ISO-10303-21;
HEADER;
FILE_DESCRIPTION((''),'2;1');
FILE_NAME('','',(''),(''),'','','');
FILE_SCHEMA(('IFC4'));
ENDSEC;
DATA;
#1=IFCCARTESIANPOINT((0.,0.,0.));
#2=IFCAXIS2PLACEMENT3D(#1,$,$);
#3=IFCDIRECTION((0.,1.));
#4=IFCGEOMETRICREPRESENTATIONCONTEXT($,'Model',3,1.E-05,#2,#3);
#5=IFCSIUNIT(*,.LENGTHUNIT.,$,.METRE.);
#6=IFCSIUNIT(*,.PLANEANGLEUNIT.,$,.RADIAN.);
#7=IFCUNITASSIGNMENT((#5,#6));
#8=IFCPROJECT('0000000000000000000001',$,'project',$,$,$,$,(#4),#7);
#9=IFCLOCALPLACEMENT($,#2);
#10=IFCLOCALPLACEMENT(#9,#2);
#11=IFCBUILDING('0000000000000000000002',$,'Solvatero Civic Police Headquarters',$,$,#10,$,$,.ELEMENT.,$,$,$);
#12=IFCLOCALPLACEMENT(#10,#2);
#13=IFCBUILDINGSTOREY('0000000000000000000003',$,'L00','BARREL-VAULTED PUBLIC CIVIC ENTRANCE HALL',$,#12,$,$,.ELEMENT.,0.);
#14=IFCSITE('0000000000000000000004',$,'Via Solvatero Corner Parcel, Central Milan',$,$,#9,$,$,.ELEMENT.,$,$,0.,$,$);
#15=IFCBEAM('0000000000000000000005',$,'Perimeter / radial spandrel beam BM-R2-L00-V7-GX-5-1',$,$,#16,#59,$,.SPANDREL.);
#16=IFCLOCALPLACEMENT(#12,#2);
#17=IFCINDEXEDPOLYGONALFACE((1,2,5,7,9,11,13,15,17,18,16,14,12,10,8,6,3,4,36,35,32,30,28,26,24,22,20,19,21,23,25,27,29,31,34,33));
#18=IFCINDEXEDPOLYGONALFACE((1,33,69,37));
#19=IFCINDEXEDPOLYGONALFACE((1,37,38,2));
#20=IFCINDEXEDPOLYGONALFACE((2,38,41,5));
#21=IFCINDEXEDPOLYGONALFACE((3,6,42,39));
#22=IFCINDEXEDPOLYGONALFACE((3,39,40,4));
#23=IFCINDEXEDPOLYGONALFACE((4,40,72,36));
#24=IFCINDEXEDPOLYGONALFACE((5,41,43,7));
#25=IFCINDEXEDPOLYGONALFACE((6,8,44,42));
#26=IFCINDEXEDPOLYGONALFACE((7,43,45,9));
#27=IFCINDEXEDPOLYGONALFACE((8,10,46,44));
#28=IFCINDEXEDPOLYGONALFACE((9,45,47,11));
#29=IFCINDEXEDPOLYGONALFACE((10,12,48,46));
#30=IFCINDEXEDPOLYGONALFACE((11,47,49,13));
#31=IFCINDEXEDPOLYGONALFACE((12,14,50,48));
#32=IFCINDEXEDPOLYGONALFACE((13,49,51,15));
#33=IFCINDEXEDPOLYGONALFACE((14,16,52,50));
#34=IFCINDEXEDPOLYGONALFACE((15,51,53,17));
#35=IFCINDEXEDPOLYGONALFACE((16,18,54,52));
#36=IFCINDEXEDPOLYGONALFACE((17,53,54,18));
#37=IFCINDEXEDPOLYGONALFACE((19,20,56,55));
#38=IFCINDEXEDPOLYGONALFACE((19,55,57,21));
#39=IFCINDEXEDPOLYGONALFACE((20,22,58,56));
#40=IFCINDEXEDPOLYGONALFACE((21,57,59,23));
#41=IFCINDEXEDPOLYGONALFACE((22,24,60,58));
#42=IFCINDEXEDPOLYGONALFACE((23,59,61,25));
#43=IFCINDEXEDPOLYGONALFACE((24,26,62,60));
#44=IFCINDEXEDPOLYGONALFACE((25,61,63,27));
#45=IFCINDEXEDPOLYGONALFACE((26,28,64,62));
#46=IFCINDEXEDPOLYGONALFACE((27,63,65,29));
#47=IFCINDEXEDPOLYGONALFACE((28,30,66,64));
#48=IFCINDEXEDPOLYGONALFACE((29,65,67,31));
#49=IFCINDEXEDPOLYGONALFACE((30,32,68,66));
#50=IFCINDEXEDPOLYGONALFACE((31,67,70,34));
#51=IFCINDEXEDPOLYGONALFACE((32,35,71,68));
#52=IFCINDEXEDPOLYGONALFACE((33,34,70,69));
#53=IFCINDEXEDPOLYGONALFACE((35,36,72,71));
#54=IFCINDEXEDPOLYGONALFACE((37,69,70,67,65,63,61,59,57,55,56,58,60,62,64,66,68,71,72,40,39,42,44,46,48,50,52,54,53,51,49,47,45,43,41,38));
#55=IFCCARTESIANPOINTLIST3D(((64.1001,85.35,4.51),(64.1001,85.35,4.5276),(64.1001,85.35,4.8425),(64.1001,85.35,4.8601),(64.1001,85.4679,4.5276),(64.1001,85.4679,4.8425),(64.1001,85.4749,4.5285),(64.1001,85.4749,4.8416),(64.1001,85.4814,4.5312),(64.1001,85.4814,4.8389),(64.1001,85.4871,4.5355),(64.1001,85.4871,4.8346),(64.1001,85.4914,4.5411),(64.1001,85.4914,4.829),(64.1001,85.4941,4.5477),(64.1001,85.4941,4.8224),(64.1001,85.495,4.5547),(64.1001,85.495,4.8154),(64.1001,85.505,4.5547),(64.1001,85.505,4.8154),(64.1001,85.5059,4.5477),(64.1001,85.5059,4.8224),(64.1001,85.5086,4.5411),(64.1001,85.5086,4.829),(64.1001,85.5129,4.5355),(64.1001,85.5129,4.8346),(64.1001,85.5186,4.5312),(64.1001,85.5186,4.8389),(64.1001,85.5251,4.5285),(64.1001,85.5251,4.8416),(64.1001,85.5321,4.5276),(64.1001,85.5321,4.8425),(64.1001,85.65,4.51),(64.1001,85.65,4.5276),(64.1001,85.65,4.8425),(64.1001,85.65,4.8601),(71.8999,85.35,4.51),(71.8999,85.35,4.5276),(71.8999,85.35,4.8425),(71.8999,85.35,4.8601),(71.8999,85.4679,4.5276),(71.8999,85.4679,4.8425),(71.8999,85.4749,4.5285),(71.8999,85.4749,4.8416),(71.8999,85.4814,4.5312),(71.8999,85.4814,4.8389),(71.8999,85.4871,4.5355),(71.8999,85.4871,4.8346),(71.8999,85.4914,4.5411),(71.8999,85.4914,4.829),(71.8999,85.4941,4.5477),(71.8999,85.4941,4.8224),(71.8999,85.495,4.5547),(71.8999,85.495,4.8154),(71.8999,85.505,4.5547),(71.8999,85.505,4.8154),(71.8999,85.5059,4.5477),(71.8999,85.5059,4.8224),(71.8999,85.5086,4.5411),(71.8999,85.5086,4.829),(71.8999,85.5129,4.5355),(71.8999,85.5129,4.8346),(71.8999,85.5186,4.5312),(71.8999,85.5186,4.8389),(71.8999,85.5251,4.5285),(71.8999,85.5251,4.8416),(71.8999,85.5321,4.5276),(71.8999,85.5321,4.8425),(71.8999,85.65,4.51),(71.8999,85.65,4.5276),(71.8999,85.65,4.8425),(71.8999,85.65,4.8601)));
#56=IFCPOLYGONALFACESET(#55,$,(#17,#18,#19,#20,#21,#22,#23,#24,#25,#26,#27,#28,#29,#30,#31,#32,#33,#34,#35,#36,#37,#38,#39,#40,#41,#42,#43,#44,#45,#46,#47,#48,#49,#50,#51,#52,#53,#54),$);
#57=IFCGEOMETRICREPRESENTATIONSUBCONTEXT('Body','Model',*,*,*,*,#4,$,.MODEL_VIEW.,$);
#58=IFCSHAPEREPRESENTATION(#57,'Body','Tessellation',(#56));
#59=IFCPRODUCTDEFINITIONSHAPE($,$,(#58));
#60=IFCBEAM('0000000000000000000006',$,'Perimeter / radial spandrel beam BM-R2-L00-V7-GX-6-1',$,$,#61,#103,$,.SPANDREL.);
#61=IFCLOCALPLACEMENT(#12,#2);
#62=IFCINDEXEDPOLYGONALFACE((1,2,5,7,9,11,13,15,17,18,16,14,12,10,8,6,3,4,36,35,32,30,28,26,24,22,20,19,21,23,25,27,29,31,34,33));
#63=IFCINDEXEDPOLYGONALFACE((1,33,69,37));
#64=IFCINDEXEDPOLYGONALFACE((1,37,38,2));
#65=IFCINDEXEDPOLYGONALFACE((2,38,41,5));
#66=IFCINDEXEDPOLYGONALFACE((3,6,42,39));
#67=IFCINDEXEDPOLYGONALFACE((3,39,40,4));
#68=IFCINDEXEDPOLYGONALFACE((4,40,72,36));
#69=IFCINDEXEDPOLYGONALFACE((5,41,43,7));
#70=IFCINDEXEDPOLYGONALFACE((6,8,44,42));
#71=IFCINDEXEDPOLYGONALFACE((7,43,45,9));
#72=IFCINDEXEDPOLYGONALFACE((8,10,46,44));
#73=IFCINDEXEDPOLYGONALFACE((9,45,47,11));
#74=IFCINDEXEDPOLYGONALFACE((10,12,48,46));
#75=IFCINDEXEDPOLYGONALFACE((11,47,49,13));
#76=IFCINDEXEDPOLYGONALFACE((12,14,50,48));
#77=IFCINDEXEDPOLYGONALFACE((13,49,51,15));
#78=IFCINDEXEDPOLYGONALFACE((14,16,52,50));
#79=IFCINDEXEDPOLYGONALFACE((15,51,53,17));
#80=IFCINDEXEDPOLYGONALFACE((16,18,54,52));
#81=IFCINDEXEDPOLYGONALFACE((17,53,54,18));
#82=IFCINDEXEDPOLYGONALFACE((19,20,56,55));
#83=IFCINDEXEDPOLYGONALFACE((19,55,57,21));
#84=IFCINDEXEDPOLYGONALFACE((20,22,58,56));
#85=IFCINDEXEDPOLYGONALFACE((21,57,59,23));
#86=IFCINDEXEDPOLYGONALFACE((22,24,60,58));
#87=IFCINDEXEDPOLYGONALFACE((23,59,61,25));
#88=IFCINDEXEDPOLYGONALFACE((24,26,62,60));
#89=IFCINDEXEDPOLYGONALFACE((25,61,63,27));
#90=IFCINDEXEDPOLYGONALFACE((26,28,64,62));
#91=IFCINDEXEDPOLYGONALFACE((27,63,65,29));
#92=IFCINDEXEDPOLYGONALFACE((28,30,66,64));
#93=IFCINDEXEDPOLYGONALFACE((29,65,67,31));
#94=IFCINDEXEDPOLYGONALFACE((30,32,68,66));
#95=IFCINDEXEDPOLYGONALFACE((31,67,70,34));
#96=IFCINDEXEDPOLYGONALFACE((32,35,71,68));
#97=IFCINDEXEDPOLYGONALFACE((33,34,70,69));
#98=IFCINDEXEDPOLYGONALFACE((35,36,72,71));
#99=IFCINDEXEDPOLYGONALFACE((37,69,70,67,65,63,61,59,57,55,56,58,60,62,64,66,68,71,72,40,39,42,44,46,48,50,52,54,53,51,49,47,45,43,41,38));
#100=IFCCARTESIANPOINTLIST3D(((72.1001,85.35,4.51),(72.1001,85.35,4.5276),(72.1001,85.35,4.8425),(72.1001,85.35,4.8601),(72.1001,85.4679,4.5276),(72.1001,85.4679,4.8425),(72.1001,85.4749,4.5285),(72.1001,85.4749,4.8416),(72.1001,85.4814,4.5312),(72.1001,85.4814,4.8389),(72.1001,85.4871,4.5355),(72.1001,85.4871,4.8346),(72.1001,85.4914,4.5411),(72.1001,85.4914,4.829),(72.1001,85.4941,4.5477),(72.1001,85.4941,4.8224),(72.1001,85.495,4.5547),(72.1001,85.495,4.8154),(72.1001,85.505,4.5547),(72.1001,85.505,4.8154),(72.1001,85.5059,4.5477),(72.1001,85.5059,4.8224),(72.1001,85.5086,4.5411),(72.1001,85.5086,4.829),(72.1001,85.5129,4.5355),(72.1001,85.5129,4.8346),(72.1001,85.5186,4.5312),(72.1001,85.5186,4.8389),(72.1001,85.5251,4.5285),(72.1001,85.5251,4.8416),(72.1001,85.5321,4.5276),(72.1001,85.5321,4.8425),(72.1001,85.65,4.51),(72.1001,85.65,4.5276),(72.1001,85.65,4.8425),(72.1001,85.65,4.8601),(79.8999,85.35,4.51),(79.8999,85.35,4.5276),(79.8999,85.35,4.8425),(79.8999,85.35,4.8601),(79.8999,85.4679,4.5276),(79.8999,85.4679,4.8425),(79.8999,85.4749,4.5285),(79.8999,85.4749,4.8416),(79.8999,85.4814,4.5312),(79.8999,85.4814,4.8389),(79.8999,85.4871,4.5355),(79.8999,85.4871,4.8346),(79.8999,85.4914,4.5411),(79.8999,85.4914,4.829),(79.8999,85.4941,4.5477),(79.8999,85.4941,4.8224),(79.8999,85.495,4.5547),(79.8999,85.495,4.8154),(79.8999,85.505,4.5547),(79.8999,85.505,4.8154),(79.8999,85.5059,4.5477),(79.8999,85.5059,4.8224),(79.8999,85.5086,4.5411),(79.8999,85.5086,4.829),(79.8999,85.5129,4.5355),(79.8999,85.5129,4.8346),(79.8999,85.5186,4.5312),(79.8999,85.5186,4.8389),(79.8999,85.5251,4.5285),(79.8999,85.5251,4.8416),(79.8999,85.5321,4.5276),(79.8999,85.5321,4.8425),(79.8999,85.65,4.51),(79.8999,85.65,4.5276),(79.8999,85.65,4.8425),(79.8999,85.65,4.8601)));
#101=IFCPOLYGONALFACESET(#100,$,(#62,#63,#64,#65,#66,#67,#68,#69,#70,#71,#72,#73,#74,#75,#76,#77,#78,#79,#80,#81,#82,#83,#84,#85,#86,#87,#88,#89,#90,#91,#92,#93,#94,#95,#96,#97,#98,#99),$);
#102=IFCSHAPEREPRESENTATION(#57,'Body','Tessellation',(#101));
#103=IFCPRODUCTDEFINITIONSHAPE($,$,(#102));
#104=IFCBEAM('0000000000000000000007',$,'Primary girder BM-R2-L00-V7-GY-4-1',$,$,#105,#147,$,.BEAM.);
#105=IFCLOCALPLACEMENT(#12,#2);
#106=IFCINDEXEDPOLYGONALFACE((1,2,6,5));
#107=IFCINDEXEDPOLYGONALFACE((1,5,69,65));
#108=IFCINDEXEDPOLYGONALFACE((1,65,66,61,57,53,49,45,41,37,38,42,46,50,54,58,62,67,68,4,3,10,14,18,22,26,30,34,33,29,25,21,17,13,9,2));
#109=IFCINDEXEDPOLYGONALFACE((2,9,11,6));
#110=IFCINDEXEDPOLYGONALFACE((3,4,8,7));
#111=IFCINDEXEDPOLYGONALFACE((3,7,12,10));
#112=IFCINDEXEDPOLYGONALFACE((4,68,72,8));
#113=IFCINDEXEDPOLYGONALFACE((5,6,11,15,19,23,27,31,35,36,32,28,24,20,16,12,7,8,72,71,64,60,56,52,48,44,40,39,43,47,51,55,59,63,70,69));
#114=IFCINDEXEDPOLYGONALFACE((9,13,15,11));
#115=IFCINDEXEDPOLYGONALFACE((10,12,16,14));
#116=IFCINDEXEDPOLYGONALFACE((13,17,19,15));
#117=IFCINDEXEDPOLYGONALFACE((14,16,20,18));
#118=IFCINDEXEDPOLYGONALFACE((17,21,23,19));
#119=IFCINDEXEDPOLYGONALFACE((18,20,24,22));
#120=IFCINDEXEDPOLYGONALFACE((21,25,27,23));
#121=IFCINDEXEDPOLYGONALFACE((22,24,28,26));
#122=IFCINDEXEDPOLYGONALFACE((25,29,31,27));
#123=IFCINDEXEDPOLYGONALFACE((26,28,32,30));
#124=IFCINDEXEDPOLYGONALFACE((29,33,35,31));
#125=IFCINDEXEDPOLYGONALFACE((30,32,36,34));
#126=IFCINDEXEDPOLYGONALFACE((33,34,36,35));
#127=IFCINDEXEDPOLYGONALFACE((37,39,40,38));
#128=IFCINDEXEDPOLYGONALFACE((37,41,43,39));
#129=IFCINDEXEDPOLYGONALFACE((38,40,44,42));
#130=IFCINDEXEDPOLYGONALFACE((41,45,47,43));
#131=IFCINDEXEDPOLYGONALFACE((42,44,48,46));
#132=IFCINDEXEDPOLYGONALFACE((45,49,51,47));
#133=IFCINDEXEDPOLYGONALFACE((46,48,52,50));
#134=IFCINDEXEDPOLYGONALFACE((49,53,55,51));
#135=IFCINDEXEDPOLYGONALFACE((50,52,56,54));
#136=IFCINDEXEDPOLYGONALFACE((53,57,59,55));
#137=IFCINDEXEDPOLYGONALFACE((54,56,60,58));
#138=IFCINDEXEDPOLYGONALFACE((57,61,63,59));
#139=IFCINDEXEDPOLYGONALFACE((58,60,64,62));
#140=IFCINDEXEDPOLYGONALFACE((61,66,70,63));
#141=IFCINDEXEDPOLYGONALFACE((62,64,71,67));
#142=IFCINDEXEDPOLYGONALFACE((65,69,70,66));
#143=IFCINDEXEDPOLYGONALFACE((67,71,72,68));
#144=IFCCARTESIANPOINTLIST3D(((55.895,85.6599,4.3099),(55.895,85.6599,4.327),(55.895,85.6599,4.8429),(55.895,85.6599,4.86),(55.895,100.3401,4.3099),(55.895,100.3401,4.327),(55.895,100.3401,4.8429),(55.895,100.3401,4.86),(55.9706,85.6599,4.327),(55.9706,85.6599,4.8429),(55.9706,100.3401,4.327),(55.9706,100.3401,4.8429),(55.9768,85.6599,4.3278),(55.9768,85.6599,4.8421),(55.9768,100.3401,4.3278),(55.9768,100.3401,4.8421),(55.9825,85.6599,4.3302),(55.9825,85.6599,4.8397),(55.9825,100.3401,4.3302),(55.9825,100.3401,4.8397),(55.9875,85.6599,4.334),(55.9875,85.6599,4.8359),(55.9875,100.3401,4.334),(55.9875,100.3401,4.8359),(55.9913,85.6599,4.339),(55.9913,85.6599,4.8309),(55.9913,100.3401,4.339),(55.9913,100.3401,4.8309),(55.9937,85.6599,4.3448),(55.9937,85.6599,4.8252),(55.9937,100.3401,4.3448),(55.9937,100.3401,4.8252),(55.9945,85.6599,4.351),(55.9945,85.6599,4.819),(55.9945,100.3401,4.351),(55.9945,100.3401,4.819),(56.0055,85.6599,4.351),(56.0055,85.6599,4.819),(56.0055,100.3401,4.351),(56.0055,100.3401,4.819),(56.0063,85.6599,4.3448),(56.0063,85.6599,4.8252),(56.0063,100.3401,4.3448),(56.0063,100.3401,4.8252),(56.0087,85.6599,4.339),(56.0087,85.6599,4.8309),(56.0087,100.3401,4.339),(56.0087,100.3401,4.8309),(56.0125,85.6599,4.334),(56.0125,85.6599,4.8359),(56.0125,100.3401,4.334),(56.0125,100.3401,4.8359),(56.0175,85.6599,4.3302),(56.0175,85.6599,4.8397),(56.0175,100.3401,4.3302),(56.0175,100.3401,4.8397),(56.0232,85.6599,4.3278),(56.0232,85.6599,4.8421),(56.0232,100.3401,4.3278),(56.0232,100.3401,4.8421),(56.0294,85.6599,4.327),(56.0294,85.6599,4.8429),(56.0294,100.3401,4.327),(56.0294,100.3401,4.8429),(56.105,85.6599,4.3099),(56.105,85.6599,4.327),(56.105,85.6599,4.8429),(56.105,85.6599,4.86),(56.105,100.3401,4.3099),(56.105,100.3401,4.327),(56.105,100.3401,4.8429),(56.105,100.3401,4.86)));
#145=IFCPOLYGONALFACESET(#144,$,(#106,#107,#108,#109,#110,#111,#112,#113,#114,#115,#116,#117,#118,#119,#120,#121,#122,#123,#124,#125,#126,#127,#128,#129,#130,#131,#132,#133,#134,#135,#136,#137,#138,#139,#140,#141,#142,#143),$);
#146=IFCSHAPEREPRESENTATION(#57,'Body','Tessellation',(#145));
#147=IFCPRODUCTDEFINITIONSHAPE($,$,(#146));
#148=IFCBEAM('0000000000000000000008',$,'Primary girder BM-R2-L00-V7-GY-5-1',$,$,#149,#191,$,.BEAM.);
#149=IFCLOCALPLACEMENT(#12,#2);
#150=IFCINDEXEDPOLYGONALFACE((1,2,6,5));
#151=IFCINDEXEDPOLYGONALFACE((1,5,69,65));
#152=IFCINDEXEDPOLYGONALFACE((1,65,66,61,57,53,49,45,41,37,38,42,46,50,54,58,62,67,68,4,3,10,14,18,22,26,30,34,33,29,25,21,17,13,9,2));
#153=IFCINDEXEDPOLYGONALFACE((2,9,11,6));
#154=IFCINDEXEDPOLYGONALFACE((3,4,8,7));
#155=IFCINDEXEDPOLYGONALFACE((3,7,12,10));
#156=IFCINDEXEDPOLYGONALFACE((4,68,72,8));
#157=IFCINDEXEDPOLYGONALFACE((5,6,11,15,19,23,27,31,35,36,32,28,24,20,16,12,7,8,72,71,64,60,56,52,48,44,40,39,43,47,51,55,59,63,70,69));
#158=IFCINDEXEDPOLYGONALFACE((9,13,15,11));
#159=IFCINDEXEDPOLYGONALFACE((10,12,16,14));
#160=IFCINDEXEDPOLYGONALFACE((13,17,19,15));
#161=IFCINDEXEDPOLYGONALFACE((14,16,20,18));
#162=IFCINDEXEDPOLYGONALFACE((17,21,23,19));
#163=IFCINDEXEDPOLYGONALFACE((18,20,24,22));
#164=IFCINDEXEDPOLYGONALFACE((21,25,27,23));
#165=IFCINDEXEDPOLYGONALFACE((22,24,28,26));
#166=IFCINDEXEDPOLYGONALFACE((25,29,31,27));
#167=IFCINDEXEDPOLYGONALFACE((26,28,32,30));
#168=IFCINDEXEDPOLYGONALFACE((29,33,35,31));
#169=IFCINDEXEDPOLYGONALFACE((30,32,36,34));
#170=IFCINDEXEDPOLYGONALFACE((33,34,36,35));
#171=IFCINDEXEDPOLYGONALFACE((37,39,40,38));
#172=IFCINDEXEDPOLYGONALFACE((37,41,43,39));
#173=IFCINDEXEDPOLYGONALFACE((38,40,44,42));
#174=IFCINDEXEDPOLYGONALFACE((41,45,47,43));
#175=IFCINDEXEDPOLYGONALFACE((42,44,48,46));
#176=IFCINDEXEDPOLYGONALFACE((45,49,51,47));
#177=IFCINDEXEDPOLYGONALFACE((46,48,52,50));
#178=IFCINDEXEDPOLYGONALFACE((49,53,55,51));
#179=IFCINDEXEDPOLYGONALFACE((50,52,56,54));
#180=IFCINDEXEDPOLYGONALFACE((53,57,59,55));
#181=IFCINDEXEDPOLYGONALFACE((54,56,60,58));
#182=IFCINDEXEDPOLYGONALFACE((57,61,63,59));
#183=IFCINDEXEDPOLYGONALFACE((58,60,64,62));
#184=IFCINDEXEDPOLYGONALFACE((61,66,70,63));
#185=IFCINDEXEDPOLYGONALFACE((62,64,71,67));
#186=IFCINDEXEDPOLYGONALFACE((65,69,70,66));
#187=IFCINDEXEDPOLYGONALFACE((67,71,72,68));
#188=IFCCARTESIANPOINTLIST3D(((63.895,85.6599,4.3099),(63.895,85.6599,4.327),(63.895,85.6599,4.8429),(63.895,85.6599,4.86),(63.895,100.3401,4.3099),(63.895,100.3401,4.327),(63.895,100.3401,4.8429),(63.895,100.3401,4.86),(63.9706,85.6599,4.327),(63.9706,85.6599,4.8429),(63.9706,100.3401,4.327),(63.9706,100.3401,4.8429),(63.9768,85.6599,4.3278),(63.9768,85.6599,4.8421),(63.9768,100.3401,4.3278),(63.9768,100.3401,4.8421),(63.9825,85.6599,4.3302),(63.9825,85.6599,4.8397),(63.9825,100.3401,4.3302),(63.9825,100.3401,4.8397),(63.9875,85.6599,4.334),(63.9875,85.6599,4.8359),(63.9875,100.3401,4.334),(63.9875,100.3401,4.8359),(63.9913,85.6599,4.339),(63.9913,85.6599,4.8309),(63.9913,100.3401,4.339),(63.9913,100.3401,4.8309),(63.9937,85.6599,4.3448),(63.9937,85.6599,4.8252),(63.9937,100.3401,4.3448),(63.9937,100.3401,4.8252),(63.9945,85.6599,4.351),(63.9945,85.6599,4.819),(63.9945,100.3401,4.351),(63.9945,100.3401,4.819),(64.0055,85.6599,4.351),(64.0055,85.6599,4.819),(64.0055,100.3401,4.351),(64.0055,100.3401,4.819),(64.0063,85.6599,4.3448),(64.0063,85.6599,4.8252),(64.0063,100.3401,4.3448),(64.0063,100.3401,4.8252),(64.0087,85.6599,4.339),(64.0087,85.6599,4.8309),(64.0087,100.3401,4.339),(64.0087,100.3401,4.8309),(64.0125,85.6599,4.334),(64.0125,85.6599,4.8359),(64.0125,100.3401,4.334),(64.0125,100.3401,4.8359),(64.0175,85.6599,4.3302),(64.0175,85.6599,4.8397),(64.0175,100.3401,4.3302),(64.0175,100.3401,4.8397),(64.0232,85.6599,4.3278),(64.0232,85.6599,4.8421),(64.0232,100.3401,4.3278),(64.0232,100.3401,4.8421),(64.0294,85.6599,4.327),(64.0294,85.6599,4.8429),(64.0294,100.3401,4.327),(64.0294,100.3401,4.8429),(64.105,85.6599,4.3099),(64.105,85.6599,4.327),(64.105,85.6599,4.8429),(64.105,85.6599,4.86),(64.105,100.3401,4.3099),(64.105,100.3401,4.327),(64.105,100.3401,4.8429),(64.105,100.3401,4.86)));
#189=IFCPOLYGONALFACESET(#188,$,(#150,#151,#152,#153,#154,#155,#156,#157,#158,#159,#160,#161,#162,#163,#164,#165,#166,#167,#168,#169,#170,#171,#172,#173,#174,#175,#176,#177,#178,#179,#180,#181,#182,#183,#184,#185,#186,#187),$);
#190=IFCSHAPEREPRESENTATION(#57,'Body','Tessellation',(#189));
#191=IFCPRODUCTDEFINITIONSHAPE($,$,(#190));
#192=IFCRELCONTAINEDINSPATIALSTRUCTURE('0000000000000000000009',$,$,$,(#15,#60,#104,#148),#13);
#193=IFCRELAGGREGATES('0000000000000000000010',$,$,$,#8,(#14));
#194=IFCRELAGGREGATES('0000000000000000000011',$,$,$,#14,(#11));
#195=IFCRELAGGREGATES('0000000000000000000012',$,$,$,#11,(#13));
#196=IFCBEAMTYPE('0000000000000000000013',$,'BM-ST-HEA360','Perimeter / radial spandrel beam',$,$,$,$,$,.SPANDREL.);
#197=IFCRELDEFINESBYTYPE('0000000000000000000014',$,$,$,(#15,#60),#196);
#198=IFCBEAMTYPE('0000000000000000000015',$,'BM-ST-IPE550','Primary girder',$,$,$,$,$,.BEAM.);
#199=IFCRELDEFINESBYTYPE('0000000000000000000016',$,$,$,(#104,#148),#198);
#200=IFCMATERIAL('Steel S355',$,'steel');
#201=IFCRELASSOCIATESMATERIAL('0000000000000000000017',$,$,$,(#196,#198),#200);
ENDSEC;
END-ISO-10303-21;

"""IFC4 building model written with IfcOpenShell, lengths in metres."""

from ifc_helpers import new_model, si_unit, direction, frame, origin, origin_2d, place, context, subcontext, project, spatial, i_section, extrude, material, material_profile, profile_set, type_object, element, save


model = new_model("IFC4")

# Units and contexts
model_context = context("Model", 3, precision=1e-05, world=origin(), true_north=direction((0.0, 1.0)))
body_context = subcontext(model_context, "Body", "Model", "MODEL_VIEW")
ifc_project = project(units=[si_unit("LENGTHUNIT", "METRE"), si_unit("PLANEANGLEUNIT", "RADIAN")], contexts=[model_context])

# Site, building, storey
site_placement = place(None, origin())
site = spatial("IfcSite", under=ifc_project, at=site_placement, Name="Via Solvatero Corner Parcel, Central Milan", CompositionType="ELEMENT", RefElevation=0.0)
building_placement = place(site_placement, origin())
building = spatial("IfcBuilding", under=site, at=building_placement, Name="Solvatero Civic Police Headquarters", CompositionType="ELEMENT")
storey_placement = place(building_placement, origin())
storey = spatial("IfcBuildingStorey", under=building, at=storey_placement, Name="L00", Description="BARREL-VAULTED PUBLIC CIVIC ENTRANCE HALL", CompositionType="ELEMENT", Elevation=0.0)

# Beams
ifc_material_1 = material(Name="Steel S355", Category="steel")
ifc_material_profile_1 = material_profile(ifc_material_1, i_section(OverallWidth=0.3, OverallDepth=0.3501, WebThickness=0.01, FlangeThickness=0.0176, FilletRadius=0.0271, at=origin_2d()), Name="HEA 360")
ifc_profile_set_1 = profile_set([ifc_material_profile_1], Name="Steel S355")
beam_type_1 = type_object("IfcBeamType", Name="BM-ST-HEA360", Description="Perimeter / radial spandrel beam", PredefinedType="SPANDREL", material=ifc_profile_set_1)
for number, where, z_axis, x_axis, name in (
    (1, (64.1001, 85.5, 4.6851), (1.0, 0.0, 0.0), (0.0, 1.0, 0.0), "Perimeter / radial spandrel beam BM-R2-L00-V7-GX-5-1"),
    (2, (72.1001, 85.5, 4.6851), (1.0, 0.0, 0.0), (0.0, 1.0, 0.0), "Perimeter / radial spandrel beam BM-R2-L00-V7-GX-6-1"),
):
    element("IfcBeam", number, at=place(storey_placement, frame(where, z_axis=z_axis, x_axis=x_axis)), inside=storey, type_object=beam_type_1, Name=name, PredefinedType="SPANDREL", context=body_context, shape_type="SweptSolid", body=[
        extrude(i_section(OverallWidth=0.3, OverallDepth=0.3501, WebThickness=0.01, FlangeThickness=0.0176, FilletRadius=0.0271, at=origin_2d()), origin(), (0.0, 0.0, 1.0), 7.7998),
    ])
ifc_material_profile_2 = material_profile(ifc_material_1, i_section(OverallWidth=0.21, OverallDepth=0.55, WebThickness=0.011, FlangeThickness=0.0171, FilletRadius=0.0239, at=origin_2d()), Name="IPE 550")
ifc_profile_set_2 = profile_set([ifc_material_profile_2], Name="Steel S355")
beam_type_2 = type_object("IfcBeamType", Name="BM-ST-IPE550", Description="Primary girder", PredefinedType="BEAM", material=ifc_profile_set_2)
for number, where, z_axis, x_axis, name in (
    (3, (56.0, 85.6599, 4.585), (0.0, 1.0, 0.0), (-1.0, 0.0, 0.0), "Primary girder BM-R2-L00-V7-GY-4-1"),
    (4, (64.0, 85.6599, 4.585), (0.0, 1.0, 0.0), (-1.0, 0.0, 0.0), "Primary girder BM-R2-L00-V7-GY-5-1"),
):
    element("IfcBeam", number, at=place(storey_placement, frame(where, z_axis=z_axis, x_axis=x_axis)), inside=storey, type_object=beam_type_2, Name=name, PredefinedType="BEAM", context=body_context, shape_type="SweptSolid", body=[
        extrude(i_section(OverallWidth=0.21, OverallDepth=0.55, WebThickness=0.011, FlangeThickness=0.0171, FilletRadius=0.0239, at=origin_2d()), origin(), (0.0, 0.0, 1.0), 14.6802),
    ])

save(model, "model.ifc")
